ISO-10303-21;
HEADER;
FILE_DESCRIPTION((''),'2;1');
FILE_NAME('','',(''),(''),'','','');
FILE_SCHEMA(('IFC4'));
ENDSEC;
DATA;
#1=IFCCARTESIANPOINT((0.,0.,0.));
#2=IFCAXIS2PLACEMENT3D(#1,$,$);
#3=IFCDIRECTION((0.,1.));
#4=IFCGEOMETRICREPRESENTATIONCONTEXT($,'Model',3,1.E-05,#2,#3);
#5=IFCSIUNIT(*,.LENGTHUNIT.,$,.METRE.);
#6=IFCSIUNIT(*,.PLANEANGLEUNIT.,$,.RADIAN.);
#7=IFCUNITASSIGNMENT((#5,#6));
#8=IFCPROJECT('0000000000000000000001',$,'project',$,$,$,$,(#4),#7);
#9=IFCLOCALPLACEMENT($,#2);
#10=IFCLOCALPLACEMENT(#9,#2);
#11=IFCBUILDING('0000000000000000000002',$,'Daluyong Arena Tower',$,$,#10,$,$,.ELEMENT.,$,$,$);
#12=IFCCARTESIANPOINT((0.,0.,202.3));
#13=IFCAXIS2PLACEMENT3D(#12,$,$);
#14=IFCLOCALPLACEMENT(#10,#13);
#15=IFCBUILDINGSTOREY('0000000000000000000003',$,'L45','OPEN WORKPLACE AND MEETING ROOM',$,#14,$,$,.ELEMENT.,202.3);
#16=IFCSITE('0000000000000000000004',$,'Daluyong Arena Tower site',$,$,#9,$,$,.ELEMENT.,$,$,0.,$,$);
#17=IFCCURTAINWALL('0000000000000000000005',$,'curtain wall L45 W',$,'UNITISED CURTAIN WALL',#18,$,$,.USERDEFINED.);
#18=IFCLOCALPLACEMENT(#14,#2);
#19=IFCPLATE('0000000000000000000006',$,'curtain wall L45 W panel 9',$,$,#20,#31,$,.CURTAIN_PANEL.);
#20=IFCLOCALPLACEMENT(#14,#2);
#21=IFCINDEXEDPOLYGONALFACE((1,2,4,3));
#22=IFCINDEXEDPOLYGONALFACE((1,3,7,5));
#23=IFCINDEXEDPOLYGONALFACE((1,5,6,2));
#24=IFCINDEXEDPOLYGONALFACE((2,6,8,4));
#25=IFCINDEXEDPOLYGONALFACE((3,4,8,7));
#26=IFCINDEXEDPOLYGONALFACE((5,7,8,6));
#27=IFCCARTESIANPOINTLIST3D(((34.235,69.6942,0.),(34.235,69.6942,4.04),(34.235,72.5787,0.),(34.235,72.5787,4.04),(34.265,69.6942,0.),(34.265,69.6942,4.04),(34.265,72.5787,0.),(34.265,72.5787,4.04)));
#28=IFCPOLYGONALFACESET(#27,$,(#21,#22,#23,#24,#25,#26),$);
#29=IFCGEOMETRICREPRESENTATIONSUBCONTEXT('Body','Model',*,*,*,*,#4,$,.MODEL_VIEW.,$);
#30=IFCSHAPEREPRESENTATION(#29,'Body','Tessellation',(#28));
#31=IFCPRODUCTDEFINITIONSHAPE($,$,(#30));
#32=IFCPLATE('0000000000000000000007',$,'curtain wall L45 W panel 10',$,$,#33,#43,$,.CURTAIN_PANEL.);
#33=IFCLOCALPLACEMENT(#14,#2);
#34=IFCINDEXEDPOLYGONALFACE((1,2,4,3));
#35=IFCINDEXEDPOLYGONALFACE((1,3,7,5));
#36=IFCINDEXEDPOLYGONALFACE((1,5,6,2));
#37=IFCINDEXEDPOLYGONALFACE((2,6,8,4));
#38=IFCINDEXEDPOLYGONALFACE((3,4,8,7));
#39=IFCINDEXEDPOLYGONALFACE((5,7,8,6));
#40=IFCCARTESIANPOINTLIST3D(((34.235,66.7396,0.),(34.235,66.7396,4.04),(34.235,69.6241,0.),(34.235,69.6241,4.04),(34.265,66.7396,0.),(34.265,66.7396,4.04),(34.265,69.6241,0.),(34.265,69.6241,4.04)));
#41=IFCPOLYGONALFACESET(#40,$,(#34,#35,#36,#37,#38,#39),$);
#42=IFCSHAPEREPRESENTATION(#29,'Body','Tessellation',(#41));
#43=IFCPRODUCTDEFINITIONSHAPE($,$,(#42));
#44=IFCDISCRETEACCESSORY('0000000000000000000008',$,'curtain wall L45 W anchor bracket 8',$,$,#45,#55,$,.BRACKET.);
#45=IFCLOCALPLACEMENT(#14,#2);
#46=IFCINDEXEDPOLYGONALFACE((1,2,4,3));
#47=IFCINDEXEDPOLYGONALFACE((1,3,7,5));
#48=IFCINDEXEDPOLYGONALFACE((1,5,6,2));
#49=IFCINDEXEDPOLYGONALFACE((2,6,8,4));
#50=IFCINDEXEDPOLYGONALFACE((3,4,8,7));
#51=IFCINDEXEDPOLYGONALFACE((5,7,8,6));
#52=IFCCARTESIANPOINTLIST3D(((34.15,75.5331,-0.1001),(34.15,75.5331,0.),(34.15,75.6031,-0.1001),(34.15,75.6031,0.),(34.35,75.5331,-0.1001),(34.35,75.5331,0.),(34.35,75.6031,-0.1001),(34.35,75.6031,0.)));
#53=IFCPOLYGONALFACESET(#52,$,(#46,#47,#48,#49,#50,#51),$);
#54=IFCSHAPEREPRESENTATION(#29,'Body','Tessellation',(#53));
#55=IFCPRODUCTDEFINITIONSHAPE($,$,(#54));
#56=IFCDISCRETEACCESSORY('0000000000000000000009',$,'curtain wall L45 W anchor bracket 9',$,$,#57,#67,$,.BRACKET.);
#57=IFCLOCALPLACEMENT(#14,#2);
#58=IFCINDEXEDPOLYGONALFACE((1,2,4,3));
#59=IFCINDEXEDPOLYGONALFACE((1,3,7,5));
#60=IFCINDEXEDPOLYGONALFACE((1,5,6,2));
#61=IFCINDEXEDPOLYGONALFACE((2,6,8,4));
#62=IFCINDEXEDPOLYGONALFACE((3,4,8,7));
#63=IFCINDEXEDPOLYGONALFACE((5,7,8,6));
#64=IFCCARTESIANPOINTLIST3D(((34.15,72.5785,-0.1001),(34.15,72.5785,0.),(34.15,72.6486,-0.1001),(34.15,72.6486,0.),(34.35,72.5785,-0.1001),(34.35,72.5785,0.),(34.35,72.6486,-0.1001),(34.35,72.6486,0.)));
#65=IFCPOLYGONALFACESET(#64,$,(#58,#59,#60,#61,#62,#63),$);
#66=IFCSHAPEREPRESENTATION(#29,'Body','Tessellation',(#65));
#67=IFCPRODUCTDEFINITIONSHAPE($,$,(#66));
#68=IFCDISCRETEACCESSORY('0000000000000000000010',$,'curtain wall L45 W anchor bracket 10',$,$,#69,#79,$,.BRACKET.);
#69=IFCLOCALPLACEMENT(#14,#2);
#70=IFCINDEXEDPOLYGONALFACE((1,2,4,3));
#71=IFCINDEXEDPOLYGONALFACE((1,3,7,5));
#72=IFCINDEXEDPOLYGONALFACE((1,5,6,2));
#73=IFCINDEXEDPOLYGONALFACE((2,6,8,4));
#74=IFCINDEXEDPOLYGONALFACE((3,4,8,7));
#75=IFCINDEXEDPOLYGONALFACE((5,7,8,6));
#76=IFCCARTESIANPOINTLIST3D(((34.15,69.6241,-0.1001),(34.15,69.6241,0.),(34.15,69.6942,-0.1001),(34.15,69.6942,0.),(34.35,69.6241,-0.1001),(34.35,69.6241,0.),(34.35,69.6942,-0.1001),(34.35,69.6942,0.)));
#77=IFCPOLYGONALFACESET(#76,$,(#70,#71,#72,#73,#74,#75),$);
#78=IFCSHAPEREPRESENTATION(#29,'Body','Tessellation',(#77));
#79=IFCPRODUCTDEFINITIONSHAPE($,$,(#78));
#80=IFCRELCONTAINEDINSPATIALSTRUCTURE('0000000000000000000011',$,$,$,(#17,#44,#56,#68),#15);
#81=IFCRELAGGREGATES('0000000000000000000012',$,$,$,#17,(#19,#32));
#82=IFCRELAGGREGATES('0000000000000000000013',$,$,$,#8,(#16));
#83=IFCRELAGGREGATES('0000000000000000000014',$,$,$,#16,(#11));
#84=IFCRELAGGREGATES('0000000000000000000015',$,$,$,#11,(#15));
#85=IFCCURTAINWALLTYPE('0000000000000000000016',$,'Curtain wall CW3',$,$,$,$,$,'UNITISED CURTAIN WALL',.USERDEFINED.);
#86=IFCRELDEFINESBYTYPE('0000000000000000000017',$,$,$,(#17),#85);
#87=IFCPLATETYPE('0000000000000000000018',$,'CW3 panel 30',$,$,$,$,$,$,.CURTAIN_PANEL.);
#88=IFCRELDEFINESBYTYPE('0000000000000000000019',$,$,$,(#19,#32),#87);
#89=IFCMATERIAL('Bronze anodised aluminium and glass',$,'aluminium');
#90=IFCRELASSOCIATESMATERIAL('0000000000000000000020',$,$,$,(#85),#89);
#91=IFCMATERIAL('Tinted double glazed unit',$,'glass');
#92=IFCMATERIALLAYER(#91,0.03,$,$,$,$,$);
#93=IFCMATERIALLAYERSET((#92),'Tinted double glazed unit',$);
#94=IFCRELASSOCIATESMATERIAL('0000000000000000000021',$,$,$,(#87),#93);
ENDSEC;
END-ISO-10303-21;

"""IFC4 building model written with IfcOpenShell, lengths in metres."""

from ifc_helpers import new_model, si_unit, direction, frame, origin, origin_2d, place, context, subcontext, project, spatial, rectangle, extrude, material, layer, layer_set, type_object, element, aggregate, save


model = new_model("IFC4")

# Units and contexts
model_context = context("Model", 3, precision=1e-05, world=origin(), true_north=direction((0.0, 1.0)))
body_context = subcontext(model_context, "Body", "Model", "MODEL_VIEW")
ifc_project = project(units=[si_unit("LENGTHUNIT", "METRE"), si_unit("PLANEANGLEUNIT", "RADIAN")], contexts=[model_context])

# Site, building, storey
site_placement = place(None, origin())
site = spatial("IfcSite", under=ifc_project, at=site_placement, Name="Daluyong Arena Tower site", CompositionType="ELEMENT", RefElevation=0.0)
building_placement = place(site_placement, origin())
building = spatial("IfcBuilding", under=site, at=building_placement, Name="Daluyong Arena Tower", CompositionType="ELEMENT")
storey_placement = place(building_placement, frame((0.0, 0.0, 202.3)))
storey = spatial("IfcBuildingStorey", under=building, at=storey_placement, Name="L45", Description="OPEN WORKPLACE AND MEETING ROOM", CompositionType="ELEMENT", Elevation=202.3)

# Curtain wall
ifc_material_1 = material(Name="Bronze anodised aluminium and glass", Category="aluminium")
curtain_wall_type = type_object("IfcCurtainWallType", Name="Curtain wall CW3", ElementType="UNITISED CURTAIN WALL", PredefinedType="USERDEFINED", material=ifc_material_1)
curtain_wall_placement = place(storey_placement, origin())
curtain_wall = element("IfcCurtainWall", 1, at=curtain_wall_placement, inside=storey, type_object=curtain_wall_type, Name="curtain wall L45 W", ObjectType="UNITISED CURTAIN WALL", PredefinedType="USERDEFINED")

# Plates
ifc_material_2 = material(Name="Tinted double glazed unit", Category="glass")
ifc_layer = layer(ifc_material_2, 0.03)
ifc_layer_set = layer_set([ifc_layer], Name="Tinted double glazed unit")
plate_type = type_object("IfcPlateType", Name="CW3 panel 30", PredefinedType="CURTAIN_PANEL", material=ifc_layer_set)
plate_1_placement = place(storey_placement, frame((34.25, 71.1365, 0.0), z_axis=(0.0, 0.0, 1.0), x_axis=(0.0, -1.0, 0.0)))
plate_1 = element("IfcPlate", 2, at=plate_1_placement, type_object=plate_type, Name="curtain wall L45 W panel 9", PredefinedType="CURTAIN_PANEL", context=body_context, shape_type="SweptSolid", body=[
    extrude(rectangle(XDim=2.8845, YDim=0.03, at=origin_2d()), origin(), (0.0, 0.0, 1.0), 4.04),
])
plate_2_placement = place(storey_placement, frame((34.25, 68.1819, 0.0), z_axis=(0.0, 0.0, 1.0), x_axis=(0.0, -1.0, 0.0)))
plate_2 = element("IfcPlate", 3, at=plate_2_placement, type_object=plate_type, Name="curtain wall L45 W panel 10", PredefinedType="CURTAIN_PANEL", context=body_context, shape_type="SweptSolid", body=[
    extrude(rectangle(XDim=2.8845, YDim=0.03, at=origin_2d()), origin(), (0.0, 0.0, 1.0), 4.04),
])
aggregate(curtain_wall, [plate_1, plate_2])

# Discrete accessories
for number, where, z_axis, x_axis, name in (
    (4, (34.25, 75.5681, -0.1001), (0.0, 0.0, 1.0), (0.0, -1.0, 0.0), "curtain wall L45 W anchor bracket 8"),
    (5, (34.25, 72.6135, -0.1001), (0.0, 0.0, 1.0), (0.0, -1.0, 0.0), "curtain wall L45 W anchor bracket 9"),
    (6, (34.25, 69.6592, -0.1001), (0.0, 0.0, 1.0), (0.0, -1.0, 0.0), "curtain wall L45 W anchor bracket 10"),
):
    element("IfcDiscreteAccessory", number, at=place(storey_placement, frame(where, z_axis=z_axis, x_axis=x_axis)), inside=storey, Name=name, PredefinedType="BRACKET", context=body_context, shape_type="SweptSolid", body=[
        extrude(rectangle(XDim=0.0701, YDim=0.2, at=origin_2d()), origin(), (0.0, 0.0, 1.0), 0.1001),
    ])

save(model, "model.ifc")
